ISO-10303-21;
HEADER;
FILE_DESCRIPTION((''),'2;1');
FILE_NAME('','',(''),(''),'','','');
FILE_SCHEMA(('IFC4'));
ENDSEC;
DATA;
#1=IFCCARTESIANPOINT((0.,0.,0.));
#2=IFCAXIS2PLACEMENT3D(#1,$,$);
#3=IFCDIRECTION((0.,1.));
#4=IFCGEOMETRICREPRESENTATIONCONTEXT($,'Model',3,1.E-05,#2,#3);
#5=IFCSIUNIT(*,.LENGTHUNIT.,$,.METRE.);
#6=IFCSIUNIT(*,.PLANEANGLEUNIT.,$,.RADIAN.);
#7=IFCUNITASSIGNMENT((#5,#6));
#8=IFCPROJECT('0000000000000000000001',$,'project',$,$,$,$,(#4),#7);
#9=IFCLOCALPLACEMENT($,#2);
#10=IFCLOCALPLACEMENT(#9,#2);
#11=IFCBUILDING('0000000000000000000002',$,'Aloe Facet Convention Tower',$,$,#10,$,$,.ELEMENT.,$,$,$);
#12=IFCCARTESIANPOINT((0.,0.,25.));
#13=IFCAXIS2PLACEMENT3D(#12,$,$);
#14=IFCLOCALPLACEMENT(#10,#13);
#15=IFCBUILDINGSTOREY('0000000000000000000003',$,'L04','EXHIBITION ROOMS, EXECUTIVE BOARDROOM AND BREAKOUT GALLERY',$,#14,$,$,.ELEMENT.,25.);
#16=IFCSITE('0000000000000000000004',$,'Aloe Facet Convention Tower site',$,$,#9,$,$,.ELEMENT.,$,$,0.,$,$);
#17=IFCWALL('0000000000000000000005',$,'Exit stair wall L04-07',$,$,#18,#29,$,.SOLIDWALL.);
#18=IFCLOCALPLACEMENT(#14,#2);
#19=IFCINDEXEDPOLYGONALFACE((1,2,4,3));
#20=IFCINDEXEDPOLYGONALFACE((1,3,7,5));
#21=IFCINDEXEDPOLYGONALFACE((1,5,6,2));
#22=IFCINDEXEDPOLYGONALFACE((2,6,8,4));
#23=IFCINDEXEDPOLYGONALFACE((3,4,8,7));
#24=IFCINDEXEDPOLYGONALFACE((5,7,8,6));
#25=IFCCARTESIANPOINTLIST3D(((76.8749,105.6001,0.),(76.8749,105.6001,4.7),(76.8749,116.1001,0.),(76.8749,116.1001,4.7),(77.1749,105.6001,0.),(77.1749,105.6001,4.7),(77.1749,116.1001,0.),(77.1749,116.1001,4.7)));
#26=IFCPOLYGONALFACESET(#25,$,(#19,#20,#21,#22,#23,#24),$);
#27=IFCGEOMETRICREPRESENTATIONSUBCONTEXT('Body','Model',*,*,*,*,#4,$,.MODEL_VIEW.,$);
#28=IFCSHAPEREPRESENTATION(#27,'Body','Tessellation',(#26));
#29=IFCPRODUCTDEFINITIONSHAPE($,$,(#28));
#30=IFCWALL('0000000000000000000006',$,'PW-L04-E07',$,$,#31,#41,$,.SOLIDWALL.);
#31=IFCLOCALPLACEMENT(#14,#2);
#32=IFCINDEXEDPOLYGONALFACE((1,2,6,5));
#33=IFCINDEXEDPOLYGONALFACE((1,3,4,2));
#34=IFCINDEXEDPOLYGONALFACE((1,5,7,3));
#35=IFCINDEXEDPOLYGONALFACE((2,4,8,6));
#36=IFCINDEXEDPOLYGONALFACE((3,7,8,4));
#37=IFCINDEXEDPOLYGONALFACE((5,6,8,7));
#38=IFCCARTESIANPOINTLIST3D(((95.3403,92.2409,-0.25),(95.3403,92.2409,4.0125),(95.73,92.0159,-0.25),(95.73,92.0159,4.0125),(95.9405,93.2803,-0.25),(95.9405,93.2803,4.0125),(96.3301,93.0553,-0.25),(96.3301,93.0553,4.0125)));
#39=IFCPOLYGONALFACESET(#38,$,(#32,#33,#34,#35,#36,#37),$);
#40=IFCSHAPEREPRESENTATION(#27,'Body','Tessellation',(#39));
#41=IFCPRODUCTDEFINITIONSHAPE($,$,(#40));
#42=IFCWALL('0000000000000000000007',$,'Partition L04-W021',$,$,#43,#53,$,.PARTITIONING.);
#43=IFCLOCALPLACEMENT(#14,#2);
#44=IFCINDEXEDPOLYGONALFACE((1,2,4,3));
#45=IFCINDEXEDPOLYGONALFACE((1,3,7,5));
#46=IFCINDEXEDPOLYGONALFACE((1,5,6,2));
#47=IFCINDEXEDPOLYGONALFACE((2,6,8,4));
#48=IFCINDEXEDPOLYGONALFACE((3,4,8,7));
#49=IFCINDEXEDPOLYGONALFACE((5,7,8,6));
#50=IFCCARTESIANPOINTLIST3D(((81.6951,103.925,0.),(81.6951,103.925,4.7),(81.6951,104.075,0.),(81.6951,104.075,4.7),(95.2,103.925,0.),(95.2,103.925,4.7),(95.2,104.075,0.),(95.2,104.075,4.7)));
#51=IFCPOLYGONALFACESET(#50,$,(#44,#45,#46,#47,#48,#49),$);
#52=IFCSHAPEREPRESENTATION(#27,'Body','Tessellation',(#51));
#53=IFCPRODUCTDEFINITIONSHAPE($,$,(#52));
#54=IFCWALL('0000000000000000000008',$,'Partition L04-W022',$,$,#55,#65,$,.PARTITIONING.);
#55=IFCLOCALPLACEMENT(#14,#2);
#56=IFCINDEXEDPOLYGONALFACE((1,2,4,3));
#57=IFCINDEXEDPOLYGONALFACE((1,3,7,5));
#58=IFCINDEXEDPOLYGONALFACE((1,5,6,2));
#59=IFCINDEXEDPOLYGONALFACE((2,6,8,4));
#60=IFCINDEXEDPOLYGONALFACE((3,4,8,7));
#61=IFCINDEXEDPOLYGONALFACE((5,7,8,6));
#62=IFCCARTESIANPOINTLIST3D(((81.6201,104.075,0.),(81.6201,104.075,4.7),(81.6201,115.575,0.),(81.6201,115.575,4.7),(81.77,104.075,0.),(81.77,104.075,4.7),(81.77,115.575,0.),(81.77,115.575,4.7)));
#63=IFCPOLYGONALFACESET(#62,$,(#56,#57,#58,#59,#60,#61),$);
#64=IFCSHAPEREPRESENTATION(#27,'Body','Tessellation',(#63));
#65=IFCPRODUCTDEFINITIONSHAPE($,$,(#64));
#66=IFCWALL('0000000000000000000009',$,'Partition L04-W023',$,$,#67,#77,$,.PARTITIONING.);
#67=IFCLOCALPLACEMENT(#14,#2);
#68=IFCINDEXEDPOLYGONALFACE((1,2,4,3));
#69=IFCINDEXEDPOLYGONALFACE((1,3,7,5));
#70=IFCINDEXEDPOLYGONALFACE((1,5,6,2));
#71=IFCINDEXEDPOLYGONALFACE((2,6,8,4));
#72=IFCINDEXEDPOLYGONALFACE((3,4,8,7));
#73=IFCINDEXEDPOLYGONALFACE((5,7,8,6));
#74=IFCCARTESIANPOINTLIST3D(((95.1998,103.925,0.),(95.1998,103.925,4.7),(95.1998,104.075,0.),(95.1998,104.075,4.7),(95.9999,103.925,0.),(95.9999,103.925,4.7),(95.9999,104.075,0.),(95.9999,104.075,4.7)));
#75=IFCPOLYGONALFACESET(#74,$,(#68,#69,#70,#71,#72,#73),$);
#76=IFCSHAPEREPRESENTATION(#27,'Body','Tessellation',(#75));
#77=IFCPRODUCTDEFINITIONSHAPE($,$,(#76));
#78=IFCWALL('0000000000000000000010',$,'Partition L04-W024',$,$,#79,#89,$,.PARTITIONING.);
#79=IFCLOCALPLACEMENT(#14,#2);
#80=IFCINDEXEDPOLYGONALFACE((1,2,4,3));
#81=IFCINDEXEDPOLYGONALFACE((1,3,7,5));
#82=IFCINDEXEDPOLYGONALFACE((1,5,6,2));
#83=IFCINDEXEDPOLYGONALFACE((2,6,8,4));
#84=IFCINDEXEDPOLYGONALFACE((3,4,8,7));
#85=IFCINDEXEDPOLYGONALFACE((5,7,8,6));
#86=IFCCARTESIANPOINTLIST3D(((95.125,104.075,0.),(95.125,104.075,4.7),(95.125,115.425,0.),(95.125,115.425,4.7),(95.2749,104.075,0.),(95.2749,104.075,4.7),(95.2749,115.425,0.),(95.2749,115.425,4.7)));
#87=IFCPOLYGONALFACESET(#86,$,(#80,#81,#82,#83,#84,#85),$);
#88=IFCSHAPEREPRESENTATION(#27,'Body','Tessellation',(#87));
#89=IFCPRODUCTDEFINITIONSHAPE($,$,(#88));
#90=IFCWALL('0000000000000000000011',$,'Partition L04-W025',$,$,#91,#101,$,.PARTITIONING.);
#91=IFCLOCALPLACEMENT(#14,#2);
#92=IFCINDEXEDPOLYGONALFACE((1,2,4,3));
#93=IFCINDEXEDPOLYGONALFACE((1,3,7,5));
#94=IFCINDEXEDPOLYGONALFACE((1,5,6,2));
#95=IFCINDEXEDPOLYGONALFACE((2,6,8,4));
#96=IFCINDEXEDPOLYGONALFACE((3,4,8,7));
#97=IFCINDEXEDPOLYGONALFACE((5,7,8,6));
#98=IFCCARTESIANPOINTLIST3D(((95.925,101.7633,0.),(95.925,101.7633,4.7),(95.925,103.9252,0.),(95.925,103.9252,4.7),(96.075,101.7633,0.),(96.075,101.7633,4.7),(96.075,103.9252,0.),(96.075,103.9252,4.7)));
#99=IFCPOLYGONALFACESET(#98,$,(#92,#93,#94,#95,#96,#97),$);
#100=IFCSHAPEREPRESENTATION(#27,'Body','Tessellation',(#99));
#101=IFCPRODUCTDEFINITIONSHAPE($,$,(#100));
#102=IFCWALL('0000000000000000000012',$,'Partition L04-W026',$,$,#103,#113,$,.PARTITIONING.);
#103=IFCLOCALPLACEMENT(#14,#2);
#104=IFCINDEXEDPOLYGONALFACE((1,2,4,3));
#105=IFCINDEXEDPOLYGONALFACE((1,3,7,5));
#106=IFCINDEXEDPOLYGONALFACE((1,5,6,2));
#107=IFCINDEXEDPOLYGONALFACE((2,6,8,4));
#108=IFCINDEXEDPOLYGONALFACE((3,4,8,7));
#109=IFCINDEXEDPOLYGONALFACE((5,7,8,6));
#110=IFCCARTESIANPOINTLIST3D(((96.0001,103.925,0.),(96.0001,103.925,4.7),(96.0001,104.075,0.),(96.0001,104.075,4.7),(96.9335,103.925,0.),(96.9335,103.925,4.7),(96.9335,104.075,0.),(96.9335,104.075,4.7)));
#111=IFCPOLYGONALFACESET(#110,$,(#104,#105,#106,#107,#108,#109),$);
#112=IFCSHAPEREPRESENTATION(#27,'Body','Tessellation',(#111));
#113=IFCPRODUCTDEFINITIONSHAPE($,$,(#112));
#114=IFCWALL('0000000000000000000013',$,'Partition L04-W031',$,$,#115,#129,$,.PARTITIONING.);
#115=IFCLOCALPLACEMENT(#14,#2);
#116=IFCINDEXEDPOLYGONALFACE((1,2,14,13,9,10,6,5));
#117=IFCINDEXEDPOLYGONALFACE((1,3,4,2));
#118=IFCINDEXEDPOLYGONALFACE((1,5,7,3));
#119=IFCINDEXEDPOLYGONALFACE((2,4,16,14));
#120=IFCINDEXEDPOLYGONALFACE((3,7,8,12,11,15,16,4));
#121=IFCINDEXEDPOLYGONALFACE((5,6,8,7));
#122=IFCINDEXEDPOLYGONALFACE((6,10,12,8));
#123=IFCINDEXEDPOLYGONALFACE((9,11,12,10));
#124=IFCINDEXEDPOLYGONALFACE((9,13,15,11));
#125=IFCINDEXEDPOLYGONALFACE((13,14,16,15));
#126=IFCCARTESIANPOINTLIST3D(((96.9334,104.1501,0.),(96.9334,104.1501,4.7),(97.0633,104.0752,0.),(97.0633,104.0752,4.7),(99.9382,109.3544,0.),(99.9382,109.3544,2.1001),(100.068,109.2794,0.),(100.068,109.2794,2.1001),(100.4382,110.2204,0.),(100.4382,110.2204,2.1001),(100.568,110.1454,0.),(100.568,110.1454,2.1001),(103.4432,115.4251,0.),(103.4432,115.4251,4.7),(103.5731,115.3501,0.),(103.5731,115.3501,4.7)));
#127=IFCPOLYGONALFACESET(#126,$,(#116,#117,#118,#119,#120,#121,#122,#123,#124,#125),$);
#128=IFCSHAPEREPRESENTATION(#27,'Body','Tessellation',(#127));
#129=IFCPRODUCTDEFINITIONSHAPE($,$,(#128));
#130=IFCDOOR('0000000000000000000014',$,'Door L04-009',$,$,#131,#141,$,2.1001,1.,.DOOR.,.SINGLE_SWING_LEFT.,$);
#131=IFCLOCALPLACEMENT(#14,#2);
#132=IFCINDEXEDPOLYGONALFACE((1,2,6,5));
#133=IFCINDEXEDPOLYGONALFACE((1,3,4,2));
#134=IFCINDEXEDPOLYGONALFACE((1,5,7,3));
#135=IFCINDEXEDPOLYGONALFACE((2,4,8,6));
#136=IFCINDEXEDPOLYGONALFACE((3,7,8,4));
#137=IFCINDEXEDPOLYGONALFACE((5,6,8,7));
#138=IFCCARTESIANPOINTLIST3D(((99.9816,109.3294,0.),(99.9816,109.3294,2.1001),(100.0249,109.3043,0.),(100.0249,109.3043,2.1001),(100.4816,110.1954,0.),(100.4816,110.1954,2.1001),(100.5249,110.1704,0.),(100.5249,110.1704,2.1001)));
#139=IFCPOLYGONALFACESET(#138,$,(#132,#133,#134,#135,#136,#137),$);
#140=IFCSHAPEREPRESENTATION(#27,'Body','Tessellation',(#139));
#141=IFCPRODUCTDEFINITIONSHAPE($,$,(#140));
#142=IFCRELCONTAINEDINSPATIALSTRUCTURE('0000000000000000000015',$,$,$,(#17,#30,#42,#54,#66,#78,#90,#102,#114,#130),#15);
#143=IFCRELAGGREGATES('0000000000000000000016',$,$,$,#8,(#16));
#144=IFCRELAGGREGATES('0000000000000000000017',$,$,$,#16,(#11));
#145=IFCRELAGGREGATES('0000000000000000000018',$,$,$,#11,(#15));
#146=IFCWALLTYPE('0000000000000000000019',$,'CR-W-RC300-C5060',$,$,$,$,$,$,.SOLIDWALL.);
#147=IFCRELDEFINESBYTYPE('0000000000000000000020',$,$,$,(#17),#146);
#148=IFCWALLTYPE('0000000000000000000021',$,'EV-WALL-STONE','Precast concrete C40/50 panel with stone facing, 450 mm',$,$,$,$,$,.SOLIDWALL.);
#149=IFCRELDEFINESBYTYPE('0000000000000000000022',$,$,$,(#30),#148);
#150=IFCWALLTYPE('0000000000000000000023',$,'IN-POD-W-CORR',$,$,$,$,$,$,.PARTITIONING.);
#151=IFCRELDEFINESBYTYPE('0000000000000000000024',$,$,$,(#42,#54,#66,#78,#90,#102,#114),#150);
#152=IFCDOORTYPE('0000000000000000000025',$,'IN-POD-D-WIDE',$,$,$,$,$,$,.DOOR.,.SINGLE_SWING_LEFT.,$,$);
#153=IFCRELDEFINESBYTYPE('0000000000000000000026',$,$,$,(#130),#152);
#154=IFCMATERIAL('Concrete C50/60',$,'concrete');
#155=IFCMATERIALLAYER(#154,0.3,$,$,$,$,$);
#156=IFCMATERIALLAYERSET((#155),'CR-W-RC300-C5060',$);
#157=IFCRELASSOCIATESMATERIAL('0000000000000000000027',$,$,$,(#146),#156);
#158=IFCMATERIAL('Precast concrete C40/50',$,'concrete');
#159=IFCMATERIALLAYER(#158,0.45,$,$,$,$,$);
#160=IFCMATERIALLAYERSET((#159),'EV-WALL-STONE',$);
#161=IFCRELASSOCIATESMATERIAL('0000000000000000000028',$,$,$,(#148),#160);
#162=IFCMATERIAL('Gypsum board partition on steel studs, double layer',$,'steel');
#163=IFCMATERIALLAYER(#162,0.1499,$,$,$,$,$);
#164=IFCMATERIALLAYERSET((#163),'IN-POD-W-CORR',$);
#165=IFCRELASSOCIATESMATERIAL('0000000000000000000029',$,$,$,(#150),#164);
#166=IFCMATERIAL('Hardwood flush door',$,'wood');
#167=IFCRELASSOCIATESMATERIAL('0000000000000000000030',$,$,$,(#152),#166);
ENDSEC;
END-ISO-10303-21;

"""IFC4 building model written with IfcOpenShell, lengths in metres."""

from ifc_helpers import new_model, si_unit, direction, frame, frame_2d, origin, place, context, subcontext, project, spatial, rectangle, extrude, material, layer, layer_set, type_object, element, fill, save


model = new_model("IFC4")

# Units and contexts
model_context = context("Model", 3, precision=1e-05, world=origin(), true_north=direction((0.0, 1.0)))
body_context = subcontext(model_context, "Body", "Model", "MODEL_VIEW")
ifc_project = project(units=[si_unit("LENGTHUNIT", "METRE"), si_unit("PLANEANGLEUNIT", "RADIAN")], contexts=[model_context])

# Site, building, storey
site_placement = place(None, origin())
site = spatial("IfcSite", under=ifc_project, at=site_placement, Name="Aloe Facet Convention Tower site", CompositionType="ELEMENT", RefElevation=0.0)
building_placement = place(site_placement, origin())
building = spatial("IfcBuilding", under=site, at=building_placement, Name="Aloe Facet Convention Tower", CompositionType="ELEMENT")
storey_placement = place(building_placement, frame((0.0, 0.0, 25.0)))
storey = spatial("IfcBuildingStorey", under=building, at=storey_placement, Name="L04", Description="EXHIBITION ROOMS, EXECUTIVE BOARDROOM AND BREAKOUT GALLERY", CompositionType="ELEMENT", Elevation=25.0)

# Walls
ifc_material_1 = material(Name="Concrete C50/60", Category="concrete")
ifc_layer_1 = layer(ifc_material_1, 0.3)
ifc_layer_set_1 = layer_set([ifc_layer_1], Name="CR-W-RC300-C5060")
wall_type_1 = type_object("IfcWallType", Name="CR-W-RC300-C5060", PredefinedType="SOLIDWALL", material=ifc_layer_set_1)
wall_1_placement = place(storey_placement, frame((77.0249, 105.6001, 0.0), z_axis=(0.0, 0.0, 1.0), x_axis=(0.0, 1.0, 0.0)))
element("IfcWall", 1, at=wall_1_placement, inside=storey, type_object=wall_type_1, Name="Exit stair wall L04-07", PredefinedType="SOLIDWALL", context=body_context, shape_type="SweptSolid", body=[
    extrude(rectangle(XDim=10.5, YDim=0.3, at=frame_2d((5.25, 0.0))), origin(), (0.0, 0.0, 1.0), 4.7),
])
ifc_material_2 = material(Name="Precast concrete C40/50", Category="concrete")
ifc_layer_2 = layer(ifc_material_2, 0.45)
ifc_layer_set_2 = layer_set([ifc_layer_2], Name="EV-WALL-STONE")
wall_type_2 = type_object("IfcWallType", Name="EV-WALL-STONE", Description="Precast concrete C40/50 panel with stone facing, 450 mm", PredefinedType="SOLIDWALL", material=ifc_layer_set_2)
wall_2_placement = place(storey_placement, frame((95.5352, 92.1284, -0.25), z_axis=(0.0, 0.0, 1.0), x_axis=(0.500034, 0.866006, 0.0)))
element("IfcWall", 2, at=wall_2_placement, inside=storey, type_object=wall_type_2, Name="PW-L04-E07", PredefinedType="SOLIDWALL", context=body_context, shape_type="SweptSolid", body=[
    extrude(rectangle(XDim=1.2002, YDim=0.45, at=frame_2d((0.6001, 0.0))), origin(), (0.0, 0.0, 1.0), 4.2625),
])
ifc_material_3 = material(Name="Gypsum board partition on steel studs, double layer", Category="steel")
ifc_layer_3 = layer(ifc_material_3, 0.1499)
ifc_layer_set_3 = layer_set([ifc_layer_3], Name="IN-POD-W-CORR")
wall_type_3 = type_object("IfcWallType", Name="IN-POD-W-CORR", PredefinedType="PARTITIONING", material=ifc_layer_set_3)
wall_3_placement = place(storey_placement, frame((81.6951, 104.0, 0.0), z_axis=(0.0, 0.0, 1.0), x_axis=(1.0, 0.0, 0.0)))
element("IfcWall", 3, at=wall_3_placement, inside=storey, type_object=wall_type_3, Name="Partition L04-W021", PredefinedType="PARTITIONING", context=body_context, shape_type="SweptSolid", body=[
    extrude(rectangle(XDim=13.5049, YDim=0.1499, at=frame_2d((6.7524, 0.0))), origin(), (0.0, 0.0, 1.0), 4.7),
])
wall_4_placement = place(storey_placement, frame((81.6951, 104.075, 0.0), z_axis=(0.0, 0.0, 1.0), x_axis=(0.0, 1.0, 0.0)))
element("IfcWall", 4, at=wall_4_placement, inside=storey, type_object=wall_type_3, Name="Partition L04-W022", PredefinedType="PARTITIONING", context=body_context, shape_type="SweptSolid", body=[
    extrude(rectangle(XDim=11.5, YDim=0.1499, at=frame_2d((5.75, 0.0))), origin(), (0.0, 0.0, 1.0), 4.7),
])
wall_5_placement = place(storey_placement, frame((95.2, 104.0, 0.0), z_axis=(0.0, 0.0, 1.0), x_axis=(1.0, 0.0, 0.0)))
element("IfcWall", 5, at=wall_5_placement, inside=storey, type_object=wall_type_3, Name="Partition L04-W023", PredefinedType="PARTITIONING", context=body_context, shape_type="SweptSolid", body=[
    extrude(rectangle(XDim=0.8, YDim=0.1499, at=frame_2d((0.3999, 0.0))), origin(), (0.0, 0.0, 1.0), 4.7),
])
wall_6_placement = place(storey_placement, frame((95.2, 104.075, 0.0), z_axis=(0.0, 0.0, 1.0), x_axis=(0.0, 1.0, 0.0)))
element("IfcWall", 6, at=wall_6_placement, inside=storey, type_object=wall_type_3, Name="Partition L04-W024", PredefinedType="PARTITIONING", context=body_context, shape_type="SweptSolid", body=[
    extrude(rectangle(XDim=11.3501, YDim=0.1499, at=frame_2d((5.675, 0.0))), origin(), (0.0, 0.0, 1.0), 4.7),
])
wall_7_placement = place(storey_placement, frame((96.0, 101.7632, 0.0), z_axis=(0.0, 0.0, 1.0), x_axis=(0.0, 1.0, 0.0)))
element("IfcWall", 7, at=wall_7_placement, inside=storey, type_object=wall_type_3, Name="Partition L04-W025", PredefinedType="PARTITIONING", context=body_context, shape_type="SweptSolid", body=[
    extrude(rectangle(XDim=2.1619, YDim=0.1499, at=frame_2d((1.0811, 0.0))), origin(), (0.0, 0.0, 1.0), 4.7),
])
wall_8_placement = place(storey_placement, frame((96.0, 104.0, 0.0), z_axis=(0.0, 0.0, 1.0), x_axis=(1.0, 0.0, 0.0)))
element("IfcWall", 8, at=wall_8_placement, inside=storey, type_object=wall_type_3, Name="Partition L04-W026", PredefinedType="PARTITIONING", context=body_context, shape_type="SweptSolid", body=[
    extrude(rectangle(XDim=0.9333, YDim=0.1499, at=frame_2d((0.4668, 0.0))), origin(), (0.0, 0.0, 1.0), 4.7),
])

# Wall, opening, door
wall_9_placement = place(storey_placement, frame((96.9983, 104.1125, 0.0), z_axis=(0.0, 0.0, 1.0), x_axis=(0.500011, 0.866019, 0.0)))
wall_9 = element("IfcWall", 9, at=wall_9_placement, inside=storey, type_object=wall_type_3, Name="Partition L04-W031", PredefinedType="PARTITIONING", context=body_context, shape_type="SweptSolid", body=[
    extrude(rectangle(XDim=13.0193, YDim=0.1499, at=frame_2d((6.5098, 0.0))), origin(), (0.0, 0.0, 1.0), 4.7),
])
opening_placement = place(wall_9_placement, frame((6.0095, 0.0, 0.0)))
opening = element("IfcOpeningElement", 10, at=opening_placement, cuts=wall_9, PredefinedType="OPENING", context=body_context, shape_type="SweptSolid", body=[
    extrude(rectangle(XDim=1.0, YDim=2.1001, at=frame_2d((0.5, 1.05))), frame((0.0, 0.085, 0.0), z_axis=(0.0, -1.0, 0.0), x_axis=(1.0, 0.0, 0.0)), (0.0, 0.0, 1.0), 0.1699),
])
ifc_material_4 = material(Name="Hardwood flush door", Category="wood")
door_type = type_object("IfcDoorType", Name="IN-POD-D-WIDE", OperationType="SINGLE_SWING_LEFT", PredefinedType="DOOR", material=ifc_material_4)
door_placement = place(opening_placement, origin())
door = element("IfcDoor", 11, at=door_placement, inside=storey, type_object=door_type, Name="Door L04-009", OperationType="SINGLE_SWING_LEFT", OverallHeight=2.1001, OverallWidth=1.0, PredefinedType="DOOR", context=body_context, shape_type="SweptSolid", body=[
    extrude(rectangle(XDim=1.0, YDim=2.1001, at=frame_2d((0.5, 1.05))), frame((0.0, 0.0249, 0.0), z_axis=(0.0, -1.0, 0.0), x_axis=(1.0, 0.0, 0.0)), (0.0, 0.0, 1.0), 0.05),
])
fill(opening, door)

save(model, "model.ifc")
